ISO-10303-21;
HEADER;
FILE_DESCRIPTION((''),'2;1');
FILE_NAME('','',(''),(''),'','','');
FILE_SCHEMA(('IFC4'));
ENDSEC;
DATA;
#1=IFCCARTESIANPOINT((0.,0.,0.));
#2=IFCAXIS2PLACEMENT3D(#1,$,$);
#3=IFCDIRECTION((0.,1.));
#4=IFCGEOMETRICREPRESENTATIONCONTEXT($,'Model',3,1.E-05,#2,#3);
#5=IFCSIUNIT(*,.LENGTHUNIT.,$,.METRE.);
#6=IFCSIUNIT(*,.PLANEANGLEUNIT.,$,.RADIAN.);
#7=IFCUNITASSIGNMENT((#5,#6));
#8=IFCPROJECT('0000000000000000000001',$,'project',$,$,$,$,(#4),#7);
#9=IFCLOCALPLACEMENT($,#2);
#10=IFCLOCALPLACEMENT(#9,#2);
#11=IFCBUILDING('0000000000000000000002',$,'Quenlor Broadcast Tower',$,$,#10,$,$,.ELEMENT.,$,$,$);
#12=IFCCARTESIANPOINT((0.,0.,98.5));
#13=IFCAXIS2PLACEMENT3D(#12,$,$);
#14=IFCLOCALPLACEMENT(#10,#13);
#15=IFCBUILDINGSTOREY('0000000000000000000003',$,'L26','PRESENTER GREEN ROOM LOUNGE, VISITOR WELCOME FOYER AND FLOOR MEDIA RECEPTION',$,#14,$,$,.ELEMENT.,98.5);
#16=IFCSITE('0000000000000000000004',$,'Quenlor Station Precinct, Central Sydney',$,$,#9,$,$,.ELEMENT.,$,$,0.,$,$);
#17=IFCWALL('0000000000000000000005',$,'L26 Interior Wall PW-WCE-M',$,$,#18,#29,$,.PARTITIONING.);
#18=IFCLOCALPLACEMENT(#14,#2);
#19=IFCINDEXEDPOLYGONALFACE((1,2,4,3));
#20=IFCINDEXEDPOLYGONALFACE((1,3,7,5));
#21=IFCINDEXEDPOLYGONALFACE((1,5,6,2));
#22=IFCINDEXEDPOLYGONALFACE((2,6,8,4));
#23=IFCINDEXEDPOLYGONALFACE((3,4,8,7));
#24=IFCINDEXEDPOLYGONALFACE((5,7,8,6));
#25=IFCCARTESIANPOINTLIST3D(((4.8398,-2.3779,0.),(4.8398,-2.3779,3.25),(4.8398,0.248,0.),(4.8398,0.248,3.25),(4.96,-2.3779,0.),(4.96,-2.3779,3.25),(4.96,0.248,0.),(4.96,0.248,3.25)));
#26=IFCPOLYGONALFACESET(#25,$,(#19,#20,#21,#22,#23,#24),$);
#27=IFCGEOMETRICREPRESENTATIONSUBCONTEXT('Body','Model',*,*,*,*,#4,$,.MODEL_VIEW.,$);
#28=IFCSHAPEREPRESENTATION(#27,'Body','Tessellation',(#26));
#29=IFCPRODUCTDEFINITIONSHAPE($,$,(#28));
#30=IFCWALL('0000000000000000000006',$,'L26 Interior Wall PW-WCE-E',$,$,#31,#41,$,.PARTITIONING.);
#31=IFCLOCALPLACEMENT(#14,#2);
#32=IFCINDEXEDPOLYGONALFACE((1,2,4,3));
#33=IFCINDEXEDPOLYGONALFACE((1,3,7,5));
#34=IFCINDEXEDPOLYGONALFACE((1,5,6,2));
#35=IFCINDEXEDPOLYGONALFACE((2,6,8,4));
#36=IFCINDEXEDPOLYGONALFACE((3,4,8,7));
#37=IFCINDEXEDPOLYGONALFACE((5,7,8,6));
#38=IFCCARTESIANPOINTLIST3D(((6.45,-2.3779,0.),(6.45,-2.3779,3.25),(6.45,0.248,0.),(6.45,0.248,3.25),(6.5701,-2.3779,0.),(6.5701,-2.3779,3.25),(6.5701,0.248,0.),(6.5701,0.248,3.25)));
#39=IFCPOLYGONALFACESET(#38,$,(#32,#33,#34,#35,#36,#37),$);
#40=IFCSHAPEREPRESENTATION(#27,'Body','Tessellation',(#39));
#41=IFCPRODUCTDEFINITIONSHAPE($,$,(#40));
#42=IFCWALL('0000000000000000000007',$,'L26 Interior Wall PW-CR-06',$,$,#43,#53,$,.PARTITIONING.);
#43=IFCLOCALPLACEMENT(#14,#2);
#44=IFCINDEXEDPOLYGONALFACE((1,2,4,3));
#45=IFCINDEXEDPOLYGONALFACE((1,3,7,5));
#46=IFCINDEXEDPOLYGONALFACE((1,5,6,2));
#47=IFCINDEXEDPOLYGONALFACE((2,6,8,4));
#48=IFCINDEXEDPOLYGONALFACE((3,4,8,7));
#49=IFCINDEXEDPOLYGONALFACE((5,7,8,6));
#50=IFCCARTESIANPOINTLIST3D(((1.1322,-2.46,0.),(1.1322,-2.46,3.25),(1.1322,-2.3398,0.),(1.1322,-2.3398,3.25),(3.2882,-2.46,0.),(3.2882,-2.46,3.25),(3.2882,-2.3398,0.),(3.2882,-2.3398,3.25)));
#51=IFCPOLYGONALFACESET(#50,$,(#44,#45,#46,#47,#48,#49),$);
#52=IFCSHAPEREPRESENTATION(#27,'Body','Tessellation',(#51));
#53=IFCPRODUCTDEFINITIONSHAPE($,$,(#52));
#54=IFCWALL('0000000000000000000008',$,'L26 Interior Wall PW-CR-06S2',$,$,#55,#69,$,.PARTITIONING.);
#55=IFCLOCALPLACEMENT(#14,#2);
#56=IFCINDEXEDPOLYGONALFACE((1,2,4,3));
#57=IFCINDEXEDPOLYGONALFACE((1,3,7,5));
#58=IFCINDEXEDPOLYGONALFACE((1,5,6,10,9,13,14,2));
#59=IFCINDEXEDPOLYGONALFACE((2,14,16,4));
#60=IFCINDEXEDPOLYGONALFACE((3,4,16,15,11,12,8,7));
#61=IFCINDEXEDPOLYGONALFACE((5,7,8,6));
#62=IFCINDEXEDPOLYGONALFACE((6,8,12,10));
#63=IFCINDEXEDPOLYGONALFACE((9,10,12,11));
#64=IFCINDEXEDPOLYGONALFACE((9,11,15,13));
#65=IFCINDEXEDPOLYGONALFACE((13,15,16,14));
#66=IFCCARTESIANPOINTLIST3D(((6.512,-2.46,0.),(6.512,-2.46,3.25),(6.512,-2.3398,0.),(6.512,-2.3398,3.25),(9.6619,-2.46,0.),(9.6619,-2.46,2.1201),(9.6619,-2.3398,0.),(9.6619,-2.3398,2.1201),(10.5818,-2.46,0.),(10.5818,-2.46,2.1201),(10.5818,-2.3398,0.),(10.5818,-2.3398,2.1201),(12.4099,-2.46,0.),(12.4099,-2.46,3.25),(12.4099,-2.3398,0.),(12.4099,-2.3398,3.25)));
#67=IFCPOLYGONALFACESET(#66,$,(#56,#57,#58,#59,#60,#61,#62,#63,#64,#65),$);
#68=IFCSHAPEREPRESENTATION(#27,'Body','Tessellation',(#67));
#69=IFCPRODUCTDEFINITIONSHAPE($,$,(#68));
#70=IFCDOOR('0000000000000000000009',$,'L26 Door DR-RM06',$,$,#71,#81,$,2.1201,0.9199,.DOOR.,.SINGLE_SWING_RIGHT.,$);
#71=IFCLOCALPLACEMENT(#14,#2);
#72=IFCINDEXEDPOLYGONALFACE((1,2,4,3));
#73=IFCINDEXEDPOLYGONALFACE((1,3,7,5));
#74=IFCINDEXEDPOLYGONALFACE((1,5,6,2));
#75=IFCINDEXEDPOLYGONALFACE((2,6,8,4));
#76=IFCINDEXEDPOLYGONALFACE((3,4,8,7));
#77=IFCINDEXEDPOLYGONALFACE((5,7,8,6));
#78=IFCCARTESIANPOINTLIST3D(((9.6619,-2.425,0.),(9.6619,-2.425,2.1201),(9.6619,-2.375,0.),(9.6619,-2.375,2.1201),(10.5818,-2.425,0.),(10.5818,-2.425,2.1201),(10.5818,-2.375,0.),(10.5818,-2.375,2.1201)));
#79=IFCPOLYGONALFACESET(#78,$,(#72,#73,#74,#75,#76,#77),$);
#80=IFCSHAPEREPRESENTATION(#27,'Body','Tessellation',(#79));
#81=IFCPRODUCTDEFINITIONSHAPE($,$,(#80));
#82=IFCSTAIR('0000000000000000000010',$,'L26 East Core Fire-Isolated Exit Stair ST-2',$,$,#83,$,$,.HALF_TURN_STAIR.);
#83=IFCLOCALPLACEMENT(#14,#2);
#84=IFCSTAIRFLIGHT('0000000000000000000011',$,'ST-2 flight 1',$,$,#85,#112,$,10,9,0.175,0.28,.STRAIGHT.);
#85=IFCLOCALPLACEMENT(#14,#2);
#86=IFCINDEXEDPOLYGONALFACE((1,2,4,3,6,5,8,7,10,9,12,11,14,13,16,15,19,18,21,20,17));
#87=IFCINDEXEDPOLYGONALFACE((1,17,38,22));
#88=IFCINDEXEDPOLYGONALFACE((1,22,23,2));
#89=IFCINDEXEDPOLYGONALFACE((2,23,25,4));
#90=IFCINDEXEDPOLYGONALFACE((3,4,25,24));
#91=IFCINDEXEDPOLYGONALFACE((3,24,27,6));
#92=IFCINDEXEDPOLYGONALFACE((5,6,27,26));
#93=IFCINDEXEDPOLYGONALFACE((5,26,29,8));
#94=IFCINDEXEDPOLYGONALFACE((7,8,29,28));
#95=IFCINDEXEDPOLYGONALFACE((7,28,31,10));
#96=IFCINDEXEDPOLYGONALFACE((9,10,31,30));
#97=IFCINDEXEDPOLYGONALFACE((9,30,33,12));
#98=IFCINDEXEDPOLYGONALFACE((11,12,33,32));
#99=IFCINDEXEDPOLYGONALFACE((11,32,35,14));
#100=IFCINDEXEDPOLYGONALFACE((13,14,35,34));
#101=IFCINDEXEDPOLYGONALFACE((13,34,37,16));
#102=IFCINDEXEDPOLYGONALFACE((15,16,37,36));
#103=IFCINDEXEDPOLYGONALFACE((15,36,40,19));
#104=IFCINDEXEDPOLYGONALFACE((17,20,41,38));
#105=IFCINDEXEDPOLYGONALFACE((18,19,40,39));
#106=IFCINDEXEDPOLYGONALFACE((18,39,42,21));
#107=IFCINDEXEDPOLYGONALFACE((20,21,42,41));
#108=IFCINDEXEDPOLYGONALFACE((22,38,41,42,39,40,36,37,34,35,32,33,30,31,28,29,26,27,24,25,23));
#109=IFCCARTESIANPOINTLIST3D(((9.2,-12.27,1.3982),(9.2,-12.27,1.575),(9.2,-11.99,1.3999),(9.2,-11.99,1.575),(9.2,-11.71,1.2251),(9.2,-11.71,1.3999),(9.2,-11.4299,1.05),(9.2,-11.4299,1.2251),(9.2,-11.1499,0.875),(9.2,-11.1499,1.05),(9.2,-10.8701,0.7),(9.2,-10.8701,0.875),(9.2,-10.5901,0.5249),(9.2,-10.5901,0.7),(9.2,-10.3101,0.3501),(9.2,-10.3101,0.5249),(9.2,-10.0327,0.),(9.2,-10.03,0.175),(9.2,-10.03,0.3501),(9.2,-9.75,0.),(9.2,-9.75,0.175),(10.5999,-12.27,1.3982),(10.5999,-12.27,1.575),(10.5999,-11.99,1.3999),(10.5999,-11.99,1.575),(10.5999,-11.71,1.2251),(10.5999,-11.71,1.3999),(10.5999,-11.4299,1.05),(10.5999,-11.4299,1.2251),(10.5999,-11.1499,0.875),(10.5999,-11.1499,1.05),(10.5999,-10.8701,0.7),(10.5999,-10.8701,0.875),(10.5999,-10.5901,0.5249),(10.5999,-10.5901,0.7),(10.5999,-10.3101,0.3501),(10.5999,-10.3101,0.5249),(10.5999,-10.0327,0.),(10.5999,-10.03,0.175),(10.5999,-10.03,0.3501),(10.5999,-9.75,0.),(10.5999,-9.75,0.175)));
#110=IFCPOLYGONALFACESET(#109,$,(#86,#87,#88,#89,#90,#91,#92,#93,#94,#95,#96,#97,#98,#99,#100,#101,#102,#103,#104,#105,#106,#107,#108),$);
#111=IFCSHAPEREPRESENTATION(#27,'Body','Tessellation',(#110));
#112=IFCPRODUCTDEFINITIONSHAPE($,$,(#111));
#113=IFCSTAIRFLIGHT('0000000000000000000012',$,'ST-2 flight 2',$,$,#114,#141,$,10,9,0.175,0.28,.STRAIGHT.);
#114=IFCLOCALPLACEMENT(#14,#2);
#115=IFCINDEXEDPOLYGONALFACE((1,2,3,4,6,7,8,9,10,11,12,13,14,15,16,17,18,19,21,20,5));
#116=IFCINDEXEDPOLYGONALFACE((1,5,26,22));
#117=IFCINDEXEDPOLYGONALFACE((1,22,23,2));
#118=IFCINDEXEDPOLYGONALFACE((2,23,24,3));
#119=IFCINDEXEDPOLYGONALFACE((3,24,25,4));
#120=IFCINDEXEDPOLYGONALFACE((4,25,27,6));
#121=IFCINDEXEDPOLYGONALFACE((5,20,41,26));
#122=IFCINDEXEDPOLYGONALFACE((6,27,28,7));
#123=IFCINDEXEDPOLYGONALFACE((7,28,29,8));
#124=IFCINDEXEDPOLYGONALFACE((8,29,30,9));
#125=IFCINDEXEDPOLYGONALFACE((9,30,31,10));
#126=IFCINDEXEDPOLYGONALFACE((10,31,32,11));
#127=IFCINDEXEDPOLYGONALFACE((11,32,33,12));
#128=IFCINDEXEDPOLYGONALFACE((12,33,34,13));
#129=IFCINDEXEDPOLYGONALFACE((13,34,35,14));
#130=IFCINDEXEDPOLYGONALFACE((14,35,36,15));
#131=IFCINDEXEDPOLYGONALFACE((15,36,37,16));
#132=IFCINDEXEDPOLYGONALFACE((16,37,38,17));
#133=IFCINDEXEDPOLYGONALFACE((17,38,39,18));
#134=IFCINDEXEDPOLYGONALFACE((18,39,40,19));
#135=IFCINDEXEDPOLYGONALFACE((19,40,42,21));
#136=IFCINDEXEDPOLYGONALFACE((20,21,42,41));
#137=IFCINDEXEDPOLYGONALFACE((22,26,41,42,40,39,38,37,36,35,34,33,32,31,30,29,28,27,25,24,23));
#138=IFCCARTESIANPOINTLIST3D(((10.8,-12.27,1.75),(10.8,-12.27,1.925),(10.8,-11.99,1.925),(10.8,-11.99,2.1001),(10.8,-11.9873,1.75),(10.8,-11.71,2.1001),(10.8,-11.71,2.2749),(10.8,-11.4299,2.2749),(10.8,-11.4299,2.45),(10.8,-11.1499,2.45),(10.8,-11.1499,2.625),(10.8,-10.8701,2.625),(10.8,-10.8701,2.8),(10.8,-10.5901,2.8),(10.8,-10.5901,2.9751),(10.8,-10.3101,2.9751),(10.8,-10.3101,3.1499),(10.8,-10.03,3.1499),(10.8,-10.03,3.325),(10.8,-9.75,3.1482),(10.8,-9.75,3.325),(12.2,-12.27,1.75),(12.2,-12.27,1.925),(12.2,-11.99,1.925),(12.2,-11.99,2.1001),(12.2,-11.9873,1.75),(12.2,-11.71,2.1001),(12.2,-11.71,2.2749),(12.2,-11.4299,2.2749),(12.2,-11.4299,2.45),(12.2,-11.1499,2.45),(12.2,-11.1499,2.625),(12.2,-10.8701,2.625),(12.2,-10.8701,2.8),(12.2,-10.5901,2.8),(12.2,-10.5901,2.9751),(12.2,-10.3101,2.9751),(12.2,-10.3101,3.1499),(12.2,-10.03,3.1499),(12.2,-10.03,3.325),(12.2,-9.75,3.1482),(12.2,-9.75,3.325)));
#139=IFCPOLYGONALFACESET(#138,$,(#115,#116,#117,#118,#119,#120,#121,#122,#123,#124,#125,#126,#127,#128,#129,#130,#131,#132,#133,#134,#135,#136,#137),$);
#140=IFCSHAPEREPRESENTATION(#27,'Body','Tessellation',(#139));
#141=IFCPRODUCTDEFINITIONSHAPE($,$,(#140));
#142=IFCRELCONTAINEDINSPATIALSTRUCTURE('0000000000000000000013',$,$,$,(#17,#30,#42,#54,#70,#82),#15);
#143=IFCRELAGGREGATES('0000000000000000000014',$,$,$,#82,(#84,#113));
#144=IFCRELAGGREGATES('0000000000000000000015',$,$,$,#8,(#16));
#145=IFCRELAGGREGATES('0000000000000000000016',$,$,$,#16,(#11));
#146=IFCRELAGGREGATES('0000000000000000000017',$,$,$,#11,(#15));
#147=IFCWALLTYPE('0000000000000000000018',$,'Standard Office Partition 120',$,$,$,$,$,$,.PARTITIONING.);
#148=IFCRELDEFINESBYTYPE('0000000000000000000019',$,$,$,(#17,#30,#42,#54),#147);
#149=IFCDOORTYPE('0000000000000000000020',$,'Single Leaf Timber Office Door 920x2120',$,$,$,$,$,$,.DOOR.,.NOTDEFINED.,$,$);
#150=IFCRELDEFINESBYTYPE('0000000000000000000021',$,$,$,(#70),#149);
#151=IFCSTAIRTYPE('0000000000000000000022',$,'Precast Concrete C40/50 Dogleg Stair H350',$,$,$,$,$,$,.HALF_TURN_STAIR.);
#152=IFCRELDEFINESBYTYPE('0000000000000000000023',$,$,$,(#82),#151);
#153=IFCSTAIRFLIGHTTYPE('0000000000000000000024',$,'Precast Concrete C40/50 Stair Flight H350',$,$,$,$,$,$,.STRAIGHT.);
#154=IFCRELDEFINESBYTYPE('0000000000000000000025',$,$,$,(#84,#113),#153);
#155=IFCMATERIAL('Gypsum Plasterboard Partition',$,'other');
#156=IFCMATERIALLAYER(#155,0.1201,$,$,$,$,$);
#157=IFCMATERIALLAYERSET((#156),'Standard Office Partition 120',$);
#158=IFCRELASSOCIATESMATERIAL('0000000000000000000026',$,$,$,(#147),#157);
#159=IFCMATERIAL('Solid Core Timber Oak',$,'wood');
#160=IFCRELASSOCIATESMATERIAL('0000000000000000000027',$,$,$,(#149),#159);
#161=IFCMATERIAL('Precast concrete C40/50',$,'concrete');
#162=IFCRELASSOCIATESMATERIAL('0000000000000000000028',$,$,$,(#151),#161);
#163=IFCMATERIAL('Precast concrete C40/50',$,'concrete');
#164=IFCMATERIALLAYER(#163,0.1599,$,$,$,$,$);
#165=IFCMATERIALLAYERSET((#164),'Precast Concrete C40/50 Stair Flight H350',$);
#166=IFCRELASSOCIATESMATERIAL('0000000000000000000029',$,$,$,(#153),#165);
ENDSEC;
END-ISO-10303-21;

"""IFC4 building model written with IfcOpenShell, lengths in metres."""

from ifc_helpers import new_model, si_unit, direction, frame, frame_2d, origin, place, context, subcontext, project, spatial, polyline, rectangle, outline, extrude, material, layer, layer_set, type_object, element, fill, aggregate, save


model = new_model("IFC4")

# Units and contexts
model_context = context("Model", 3, precision=1e-05, world=origin(), true_north=direction((0.0, 1.0)))
body_context = subcontext(model_context, "Body", "Model", "MODEL_VIEW")
ifc_project = project(units=[si_unit("LENGTHUNIT", "METRE"), si_unit("PLANEANGLEUNIT", "RADIAN")], contexts=[model_context])

# Site, building, storey
site_placement = place(None, origin())
site = spatial("IfcSite", under=ifc_project, at=site_placement, Name="Quenlor Station Precinct, Central Sydney", CompositionType="ELEMENT", RefElevation=0.0)
building_placement = place(site_placement, origin())
building = spatial("IfcBuilding", under=site, at=building_placement, Name="Quenlor Broadcast Tower", CompositionType="ELEMENT")
storey_placement = place(building_placement, frame((0.0, 0.0, 98.5)))
storey = spatial("IfcBuildingStorey", under=building, at=storey_placement, Name="L26", Description="PRESENTER GREEN ROOM LOUNGE, VISITOR WELCOME FOYER AND FLOOR MEDIA RECEPTION", CompositionType="ELEMENT", Elevation=98.5)

# Shared definitions
ifc_material_1 = material(Name="Gypsum Plasterboard Partition", Category="other")
ifc_layer_1 = layer(ifc_material_1, 0.1201)
ifc_layer_set_1 = layer_set([ifc_layer_1], Name="Standard Office Partition 120")
wall_type_1 = type_object("IfcWallType", Name="Standard Office Partition 120", PredefinedType="PARTITIONING", material=ifc_layer_set_1)

# Walls
for number, where, z_axis, x_axis, name in (
    (1, (4.8999, -2.3779, 0.0), (0.0, 0.0, 1.0), (0.0, 1.0, 0.0), "L26 Interior Wall PW-WCE-M"),
    (2, (6.51, -2.3779, 0.0), (0.0, 0.0, 1.0), (0.0, 1.0, 0.0), "L26 Interior Wall PW-WCE-E"),
):
    element("IfcWall", number, at=place(storey_placement, frame(where, z_axis=z_axis, x_axis=x_axis)), inside=storey, type_object=wall_type_1, Name=name, PredefinedType="PARTITIONING", context=body_context, shape_type="SweptSolid", body=[
        extrude(rectangle(XDim=2.626, YDim=0.1201, at=frame_2d((1.313, 0.0))), origin(), (0.0, 0.0, 1.0), 3.25),
    ])
wall_1_placement = place(storey_placement, frame((1.1321, -2.3999, 0.0), z_axis=(0.0, 0.0, 1.0), x_axis=(1.0, 0.0, 0.0)))
element("IfcWall", 3, at=wall_1_placement, inside=storey, type_object=wall_type_1, Name="L26 Interior Wall PW-CR-06", PredefinedType="PARTITIONING", context=body_context, shape_type="SweptSolid", body=[
    extrude(rectangle(XDim=2.156, YDim=0.1201, at=frame_2d((1.0781, 0.0))), origin(), (0.0, 0.0, 1.0), 3.25),
])

# Wall, opening, door
wall_2_placement = place(storey_placement, frame((6.512, -2.3999, 0.0), z_axis=(0.0, 0.0, 1.0), x_axis=(1.0, 0.0, 0.0)))
wall_2 = element("IfcWall", 4, at=wall_2_placement, inside=storey, type_object=wall_type_1, Name="L26 Interior Wall PW-CR-06S2", PredefinedType="PARTITIONING", context=body_context, shape_type="SweptSolid", body=[
    extrude(rectangle(XDim=5.8979, YDim=0.1201, at=frame_2d((2.949, 0.0))), origin(), (0.0, 0.0, 1.0), 3.25),
])
opening_1_placement = place(wall_2_placement, frame((3.1499, 0.0, 0.0)))
opening_1 = element("IfcOpeningElement", 5, at=opening_1_placement, cuts=wall_2, PredefinedType="OPENING", context=body_context, shape_type="SweptSolid", body=[
    extrude(rectangle(XDim=0.9199, YDim=2.1201, at=frame_2d((0.46, 1.0601))), frame((0.0, 0.0701, 0.0), z_axis=(0.0, -1.0, 0.0), x_axis=(1.0, 0.0, 0.0)), (0.0, 0.0, 1.0), 0.1401),
])
ifc_material_2 = material(Name="Solid Core Timber Oak", Category="wood")
door_type_1 = type_object("IfcDoorType", Name="Single Leaf Timber Office Door 920x2120", OperationType="NOTDEFINED", PredefinedType="DOOR", material=ifc_material_2)
door_1_placement = place(opening_1_placement, origin())
door_1 = element("IfcDoor", 6, at=door_1_placement, inside=storey, type_object=door_type_1, Name="L26 Door DR-RM06", OperationType="SINGLE_SWING_RIGHT", OverallHeight=2.1201, OverallWidth=0.9199, PredefinedType="DOOR", context=body_context, shape_type="SweptSolid", body=[
    extrude(rectangle(XDim=0.9199, YDim=2.1201, at=frame_2d((0.46, 1.0601))), frame((0.0, 0.0249, 0.0), z_axis=(0.0, -1.0, 0.0), x_axis=(1.0, 0.0, 0.0)), (0.0, 0.0, 1.0), 0.05),
])
fill(opening_1, door_1)

# Stair, stair flights
ifc_material_3 = material(Name="Precast concrete C40/50", Category="concrete")
stair_type = type_object("IfcStairType", Name="Precast Concrete C40/50 Dogleg Stair H350", PredefinedType="HALF_TURN_STAIR", material=ifc_material_3)
stair_placement = place(storey_placement, origin())
stair = element("IfcStair", 7, at=stair_placement, inside=storey, type_object=stair_type, Name="L26 East Core Fire-Isolated Exit Stair ST-2", PredefinedType="HALF_TURN_STAIR")
ifc_material_4 = material(Name="Precast concrete C40/50", Category="concrete")
ifc_layer_2 = layer(ifc_material_4, 0.1599)
ifc_layer_set_2 = layer_set([ifc_layer_2], Name="Precast Concrete C40/50 Stair Flight H350")
stair_flight_type = type_object("IfcStairFlightType", Name="Precast Concrete C40/50 Stair Flight H350", PredefinedType="STRAIGHT", material=ifc_layer_set_2)
stair_flight_1_placement = place(storey_placement, frame((9.8999, -9.75, 0.0), z_axis=(0.0, 0.0, 1.0), x_axis=(0.0, -1.0, 0.0)))
stair_flight_1 = element("IfcStairFlight", 8, at=stair_flight_1_placement, type_object=stair_flight_type, Name="ST-2 flight 1", NumberOfRisers=10, NumberOfTreads=9, PredefinedType="STRAIGHT", RiserHeight=0.175, TreadLength=0.28, context=body_context, shape_type="SweptSolid", body=[
    extrude(outline(polyline([(0.0, 0.0), (0.0, 0.175), (0.28, 0.175), (0.28, 0.3501), (0.5601, 0.3501), (0.5601, 0.5249), (0.8401, 0.5249), (0.8401, 0.7), (1.1201, 0.7), (1.1201, 0.875), (1.3999, 0.875), (1.3999, 1.05), (1.6799, 1.05), (1.6799, 1.2251), (1.96, 1.2251), (1.96, 1.3999), (2.24, 1.3999), (2.24, 1.575), (2.52, 1.575), (2.52, 1.75), (2.52, 1.3982), (0.2827, 0.0), (0.0, 0.0)])), frame((0.0, 0.7, 0.0), z_axis=(0.0, -1.0, 0.0), x_axis=(1.0, 0.0, 0.0)), (0.0, 0.0, 1.0), 1.3999),
])
stair_flight_2_placement = place(storey_placement, frame((11.5, -12.27, 1.75), z_axis=(0.0, 0.0, 1.0), x_axis=(0.0, 1.0, 0.0)))
stair_flight_2 = element("IfcStairFlight", 9, at=stair_flight_2_placement, type_object=stair_flight_type, Name="ST-2 flight 2", NumberOfRisers=10, NumberOfTreads=9, PredefinedType="STRAIGHT", RiserHeight=0.175, TreadLength=0.28, context=body_context, shape_type="SweptSolid", body=[
    extrude(outline(polyline([(0.0, 0.0), (0.0, 0.175), (0.28, 0.175), (0.28, 0.3501), (0.5601, 0.3501), (0.5601, 0.5249), (0.8401, 0.5249), (0.8401, 0.7), (1.1201, 0.7), (1.1201, 0.875), (1.3999, 0.875), (1.3999, 1.05), (1.6799, 1.05), (1.6799, 1.2251), (1.96, 1.2251), (1.96, 1.3999), (2.24, 1.3999), (2.24, 1.575), (2.52, 1.575), (2.52, 1.75), (2.52, 1.3982), (0.2827, 0.0), (0.0, 0.0)])), frame((0.0, 0.7, 0.0), z_axis=(0.0, -1.0, 0.0), x_axis=(1.0, 0.0, 0.0)), (0.0, 0.0, 1.0), 1.3999),
])
aggregate(stair, [stair_flight_1, stair_flight_2])

save(model, "model.ifc")
